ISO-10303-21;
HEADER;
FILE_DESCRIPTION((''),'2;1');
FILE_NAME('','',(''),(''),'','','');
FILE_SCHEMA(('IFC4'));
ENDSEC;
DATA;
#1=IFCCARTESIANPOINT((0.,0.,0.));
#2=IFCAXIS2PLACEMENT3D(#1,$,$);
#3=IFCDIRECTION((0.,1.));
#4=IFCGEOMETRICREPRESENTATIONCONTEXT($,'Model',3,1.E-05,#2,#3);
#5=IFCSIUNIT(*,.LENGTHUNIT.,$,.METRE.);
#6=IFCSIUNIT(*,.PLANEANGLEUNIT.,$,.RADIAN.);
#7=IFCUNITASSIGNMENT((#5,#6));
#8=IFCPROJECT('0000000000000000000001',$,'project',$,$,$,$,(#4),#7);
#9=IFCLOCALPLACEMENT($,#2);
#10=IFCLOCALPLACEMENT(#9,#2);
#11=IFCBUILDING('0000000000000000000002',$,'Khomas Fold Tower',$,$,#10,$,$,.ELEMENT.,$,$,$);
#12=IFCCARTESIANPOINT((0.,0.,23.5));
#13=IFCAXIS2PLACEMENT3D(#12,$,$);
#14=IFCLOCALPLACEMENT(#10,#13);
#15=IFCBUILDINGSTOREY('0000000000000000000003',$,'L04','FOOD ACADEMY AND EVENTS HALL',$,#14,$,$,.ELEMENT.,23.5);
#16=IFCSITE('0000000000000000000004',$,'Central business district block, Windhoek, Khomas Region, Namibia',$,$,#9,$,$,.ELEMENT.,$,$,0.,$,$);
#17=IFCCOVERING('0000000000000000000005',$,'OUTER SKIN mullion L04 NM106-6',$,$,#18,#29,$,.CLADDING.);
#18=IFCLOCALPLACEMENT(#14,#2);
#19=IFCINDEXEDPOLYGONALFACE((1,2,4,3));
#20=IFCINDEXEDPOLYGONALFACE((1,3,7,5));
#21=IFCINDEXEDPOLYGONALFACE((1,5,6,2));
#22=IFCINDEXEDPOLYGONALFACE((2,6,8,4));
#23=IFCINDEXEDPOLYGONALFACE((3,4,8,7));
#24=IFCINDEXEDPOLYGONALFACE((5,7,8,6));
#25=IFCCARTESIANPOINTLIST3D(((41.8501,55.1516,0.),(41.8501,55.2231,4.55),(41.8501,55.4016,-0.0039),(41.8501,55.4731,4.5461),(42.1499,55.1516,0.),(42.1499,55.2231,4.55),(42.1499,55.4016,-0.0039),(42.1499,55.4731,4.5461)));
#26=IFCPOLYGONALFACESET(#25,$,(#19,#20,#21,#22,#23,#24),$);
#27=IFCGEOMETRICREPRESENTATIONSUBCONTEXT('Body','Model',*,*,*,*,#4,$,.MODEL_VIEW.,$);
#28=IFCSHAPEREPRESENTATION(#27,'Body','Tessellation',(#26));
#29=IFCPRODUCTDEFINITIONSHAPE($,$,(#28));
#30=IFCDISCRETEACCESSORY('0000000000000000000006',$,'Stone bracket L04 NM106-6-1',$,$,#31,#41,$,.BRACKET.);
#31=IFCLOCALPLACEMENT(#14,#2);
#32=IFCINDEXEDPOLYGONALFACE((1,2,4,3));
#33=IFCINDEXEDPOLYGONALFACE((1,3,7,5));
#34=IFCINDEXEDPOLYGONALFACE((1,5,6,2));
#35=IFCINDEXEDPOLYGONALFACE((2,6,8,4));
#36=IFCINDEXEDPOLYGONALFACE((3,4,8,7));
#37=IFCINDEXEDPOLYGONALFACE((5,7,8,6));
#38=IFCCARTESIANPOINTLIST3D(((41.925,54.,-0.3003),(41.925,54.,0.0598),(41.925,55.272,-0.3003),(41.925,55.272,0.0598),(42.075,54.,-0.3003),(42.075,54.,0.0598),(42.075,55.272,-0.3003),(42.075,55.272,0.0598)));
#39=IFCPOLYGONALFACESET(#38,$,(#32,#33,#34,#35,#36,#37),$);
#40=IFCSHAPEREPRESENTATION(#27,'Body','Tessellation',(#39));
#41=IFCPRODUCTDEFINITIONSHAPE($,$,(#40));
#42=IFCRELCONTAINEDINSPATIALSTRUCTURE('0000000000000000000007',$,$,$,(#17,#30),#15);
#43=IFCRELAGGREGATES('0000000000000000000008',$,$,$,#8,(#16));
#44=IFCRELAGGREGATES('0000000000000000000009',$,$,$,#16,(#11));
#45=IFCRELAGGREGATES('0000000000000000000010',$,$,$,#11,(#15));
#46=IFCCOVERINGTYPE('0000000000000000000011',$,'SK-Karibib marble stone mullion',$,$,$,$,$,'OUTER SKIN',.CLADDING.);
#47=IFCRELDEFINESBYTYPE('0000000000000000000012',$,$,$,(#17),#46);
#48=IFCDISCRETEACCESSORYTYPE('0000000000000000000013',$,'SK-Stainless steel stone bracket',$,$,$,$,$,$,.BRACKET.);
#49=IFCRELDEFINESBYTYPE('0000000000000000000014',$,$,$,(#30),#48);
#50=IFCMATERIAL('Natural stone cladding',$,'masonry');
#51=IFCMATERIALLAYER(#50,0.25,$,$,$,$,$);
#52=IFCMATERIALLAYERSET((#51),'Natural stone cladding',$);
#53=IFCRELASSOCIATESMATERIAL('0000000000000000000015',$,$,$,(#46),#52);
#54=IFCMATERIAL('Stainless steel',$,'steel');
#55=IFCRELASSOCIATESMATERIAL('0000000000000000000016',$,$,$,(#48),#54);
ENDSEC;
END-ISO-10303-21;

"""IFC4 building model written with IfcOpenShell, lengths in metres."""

from ifc_helpers import new_model, si_unit, direction, frame, origin, origin_2d, place, context, subcontext, project, spatial, polyline, rectangle, outline, extrude, source, transform, mapped, material, layer, layer_set, type_object, element, save


model = new_model("IFC4")

# Units and contexts
model_context = context("Model", 3, precision=1e-05, world=origin(), true_north=direction((0.0, 1.0)))
body_context = subcontext(model_context, "Body", "Model", "MODEL_VIEW")
ifc_project = project(units=[si_unit("LENGTHUNIT", "METRE"), si_unit("PLANEANGLEUNIT", "RADIAN")], contexts=[model_context])

# Site, building, storey
site_placement = place(None, origin())
site = spatial("IfcSite", under=ifc_project, at=site_placement, Name="Central business district block, Windhoek, Khomas Region, Namibia", CompositionType="ELEMENT", RefElevation=0.0)
building_placement = place(site_placement, origin())
building = spatial("IfcBuilding", under=site, at=building_placement, Name="Khomas Fold Tower", CompositionType="ELEMENT")
storey_placement = place(building_placement, frame((0.0, 0.0, 23.5)))
storey = spatial("IfcBuildingStorey", under=building, at=storey_placement, Name="L04", Description="FOOD ACADEMY AND EVENTS HALL", CompositionType="ELEMENT", Elevation=23.5)

# Covering
ifc_material_1 = material(Name="Natural stone cladding", Category="masonry")
ifc_layer_1 = layer(ifc_material_1, 0.25)
ifc_layer_set_1 = layer_set([ifc_layer_1], Name="Natural stone cladding")
covering_type = type_object("IfcCoveringType", Name="SK-Karibib marble stone mullion", ElementType="OUTER SKIN", PredefinedType="CLADDING", material=ifc_layer_set_1)
covering_placement = place(storey_placement, frame((42.1499, 55.2231, 4.55), z_axis=(0.0, -0.999876, 0.015719), x_axis=(0.0, -0.015719, -0.999876)))
element("IfcCovering", 1, at=covering_placement, inside=storey, type_object=covering_type, Name="OUTER SKIN mullion L04 NM106-6", PredefinedType="CLADDING", context=body_context, shape_type="SweptSolid", body=[
    extrude(outline(polyline([(0.0, 0.0), (4.5506, 0.0), (4.5506, -0.2998), (0.0, -0.2998), (0.0, 0.0)])), origin(), (0.0, 0.0, -1.0), 0.25),
])

# Discrete accessory
ifc_material_2 = material(Name="Stainless steel", Category="steel")
discrete_accessory_type = type_object("IfcDiscreteAccessoryType", Name="SK-Stainless steel stone bracket", PredefinedType="BRACKET", material=ifc_material_2)
shared_shape_1 = source(origin(), body_context, "Body", "SweptSolid", [
    extrude(rectangle(XDim=1.272, YDim=0.1499, at=origin_2d()), origin(), (0.0, 0.0, 1.0), 0.3601),
])
discrete_accessory_placement = place(storey_placement, frame((42.0, 54.636, -0.3003), z_axis=(0.0, 0.0, 1.0), x_axis=(0.0, 1.0, 0.0)))
element("IfcDiscreteAccessory", 2, at=discrete_accessory_placement, inside=storey, type_object=discrete_accessory_type, Name="Stone bracket L04 NM106-6-1", PredefinedType="BRACKET", context=body_context, shape_type="MappedRepresentation", body=[
    mapped(shared_shape_1, transform((0.0, 0.0, 0.0))),
])

save(model, "model.ifc")
